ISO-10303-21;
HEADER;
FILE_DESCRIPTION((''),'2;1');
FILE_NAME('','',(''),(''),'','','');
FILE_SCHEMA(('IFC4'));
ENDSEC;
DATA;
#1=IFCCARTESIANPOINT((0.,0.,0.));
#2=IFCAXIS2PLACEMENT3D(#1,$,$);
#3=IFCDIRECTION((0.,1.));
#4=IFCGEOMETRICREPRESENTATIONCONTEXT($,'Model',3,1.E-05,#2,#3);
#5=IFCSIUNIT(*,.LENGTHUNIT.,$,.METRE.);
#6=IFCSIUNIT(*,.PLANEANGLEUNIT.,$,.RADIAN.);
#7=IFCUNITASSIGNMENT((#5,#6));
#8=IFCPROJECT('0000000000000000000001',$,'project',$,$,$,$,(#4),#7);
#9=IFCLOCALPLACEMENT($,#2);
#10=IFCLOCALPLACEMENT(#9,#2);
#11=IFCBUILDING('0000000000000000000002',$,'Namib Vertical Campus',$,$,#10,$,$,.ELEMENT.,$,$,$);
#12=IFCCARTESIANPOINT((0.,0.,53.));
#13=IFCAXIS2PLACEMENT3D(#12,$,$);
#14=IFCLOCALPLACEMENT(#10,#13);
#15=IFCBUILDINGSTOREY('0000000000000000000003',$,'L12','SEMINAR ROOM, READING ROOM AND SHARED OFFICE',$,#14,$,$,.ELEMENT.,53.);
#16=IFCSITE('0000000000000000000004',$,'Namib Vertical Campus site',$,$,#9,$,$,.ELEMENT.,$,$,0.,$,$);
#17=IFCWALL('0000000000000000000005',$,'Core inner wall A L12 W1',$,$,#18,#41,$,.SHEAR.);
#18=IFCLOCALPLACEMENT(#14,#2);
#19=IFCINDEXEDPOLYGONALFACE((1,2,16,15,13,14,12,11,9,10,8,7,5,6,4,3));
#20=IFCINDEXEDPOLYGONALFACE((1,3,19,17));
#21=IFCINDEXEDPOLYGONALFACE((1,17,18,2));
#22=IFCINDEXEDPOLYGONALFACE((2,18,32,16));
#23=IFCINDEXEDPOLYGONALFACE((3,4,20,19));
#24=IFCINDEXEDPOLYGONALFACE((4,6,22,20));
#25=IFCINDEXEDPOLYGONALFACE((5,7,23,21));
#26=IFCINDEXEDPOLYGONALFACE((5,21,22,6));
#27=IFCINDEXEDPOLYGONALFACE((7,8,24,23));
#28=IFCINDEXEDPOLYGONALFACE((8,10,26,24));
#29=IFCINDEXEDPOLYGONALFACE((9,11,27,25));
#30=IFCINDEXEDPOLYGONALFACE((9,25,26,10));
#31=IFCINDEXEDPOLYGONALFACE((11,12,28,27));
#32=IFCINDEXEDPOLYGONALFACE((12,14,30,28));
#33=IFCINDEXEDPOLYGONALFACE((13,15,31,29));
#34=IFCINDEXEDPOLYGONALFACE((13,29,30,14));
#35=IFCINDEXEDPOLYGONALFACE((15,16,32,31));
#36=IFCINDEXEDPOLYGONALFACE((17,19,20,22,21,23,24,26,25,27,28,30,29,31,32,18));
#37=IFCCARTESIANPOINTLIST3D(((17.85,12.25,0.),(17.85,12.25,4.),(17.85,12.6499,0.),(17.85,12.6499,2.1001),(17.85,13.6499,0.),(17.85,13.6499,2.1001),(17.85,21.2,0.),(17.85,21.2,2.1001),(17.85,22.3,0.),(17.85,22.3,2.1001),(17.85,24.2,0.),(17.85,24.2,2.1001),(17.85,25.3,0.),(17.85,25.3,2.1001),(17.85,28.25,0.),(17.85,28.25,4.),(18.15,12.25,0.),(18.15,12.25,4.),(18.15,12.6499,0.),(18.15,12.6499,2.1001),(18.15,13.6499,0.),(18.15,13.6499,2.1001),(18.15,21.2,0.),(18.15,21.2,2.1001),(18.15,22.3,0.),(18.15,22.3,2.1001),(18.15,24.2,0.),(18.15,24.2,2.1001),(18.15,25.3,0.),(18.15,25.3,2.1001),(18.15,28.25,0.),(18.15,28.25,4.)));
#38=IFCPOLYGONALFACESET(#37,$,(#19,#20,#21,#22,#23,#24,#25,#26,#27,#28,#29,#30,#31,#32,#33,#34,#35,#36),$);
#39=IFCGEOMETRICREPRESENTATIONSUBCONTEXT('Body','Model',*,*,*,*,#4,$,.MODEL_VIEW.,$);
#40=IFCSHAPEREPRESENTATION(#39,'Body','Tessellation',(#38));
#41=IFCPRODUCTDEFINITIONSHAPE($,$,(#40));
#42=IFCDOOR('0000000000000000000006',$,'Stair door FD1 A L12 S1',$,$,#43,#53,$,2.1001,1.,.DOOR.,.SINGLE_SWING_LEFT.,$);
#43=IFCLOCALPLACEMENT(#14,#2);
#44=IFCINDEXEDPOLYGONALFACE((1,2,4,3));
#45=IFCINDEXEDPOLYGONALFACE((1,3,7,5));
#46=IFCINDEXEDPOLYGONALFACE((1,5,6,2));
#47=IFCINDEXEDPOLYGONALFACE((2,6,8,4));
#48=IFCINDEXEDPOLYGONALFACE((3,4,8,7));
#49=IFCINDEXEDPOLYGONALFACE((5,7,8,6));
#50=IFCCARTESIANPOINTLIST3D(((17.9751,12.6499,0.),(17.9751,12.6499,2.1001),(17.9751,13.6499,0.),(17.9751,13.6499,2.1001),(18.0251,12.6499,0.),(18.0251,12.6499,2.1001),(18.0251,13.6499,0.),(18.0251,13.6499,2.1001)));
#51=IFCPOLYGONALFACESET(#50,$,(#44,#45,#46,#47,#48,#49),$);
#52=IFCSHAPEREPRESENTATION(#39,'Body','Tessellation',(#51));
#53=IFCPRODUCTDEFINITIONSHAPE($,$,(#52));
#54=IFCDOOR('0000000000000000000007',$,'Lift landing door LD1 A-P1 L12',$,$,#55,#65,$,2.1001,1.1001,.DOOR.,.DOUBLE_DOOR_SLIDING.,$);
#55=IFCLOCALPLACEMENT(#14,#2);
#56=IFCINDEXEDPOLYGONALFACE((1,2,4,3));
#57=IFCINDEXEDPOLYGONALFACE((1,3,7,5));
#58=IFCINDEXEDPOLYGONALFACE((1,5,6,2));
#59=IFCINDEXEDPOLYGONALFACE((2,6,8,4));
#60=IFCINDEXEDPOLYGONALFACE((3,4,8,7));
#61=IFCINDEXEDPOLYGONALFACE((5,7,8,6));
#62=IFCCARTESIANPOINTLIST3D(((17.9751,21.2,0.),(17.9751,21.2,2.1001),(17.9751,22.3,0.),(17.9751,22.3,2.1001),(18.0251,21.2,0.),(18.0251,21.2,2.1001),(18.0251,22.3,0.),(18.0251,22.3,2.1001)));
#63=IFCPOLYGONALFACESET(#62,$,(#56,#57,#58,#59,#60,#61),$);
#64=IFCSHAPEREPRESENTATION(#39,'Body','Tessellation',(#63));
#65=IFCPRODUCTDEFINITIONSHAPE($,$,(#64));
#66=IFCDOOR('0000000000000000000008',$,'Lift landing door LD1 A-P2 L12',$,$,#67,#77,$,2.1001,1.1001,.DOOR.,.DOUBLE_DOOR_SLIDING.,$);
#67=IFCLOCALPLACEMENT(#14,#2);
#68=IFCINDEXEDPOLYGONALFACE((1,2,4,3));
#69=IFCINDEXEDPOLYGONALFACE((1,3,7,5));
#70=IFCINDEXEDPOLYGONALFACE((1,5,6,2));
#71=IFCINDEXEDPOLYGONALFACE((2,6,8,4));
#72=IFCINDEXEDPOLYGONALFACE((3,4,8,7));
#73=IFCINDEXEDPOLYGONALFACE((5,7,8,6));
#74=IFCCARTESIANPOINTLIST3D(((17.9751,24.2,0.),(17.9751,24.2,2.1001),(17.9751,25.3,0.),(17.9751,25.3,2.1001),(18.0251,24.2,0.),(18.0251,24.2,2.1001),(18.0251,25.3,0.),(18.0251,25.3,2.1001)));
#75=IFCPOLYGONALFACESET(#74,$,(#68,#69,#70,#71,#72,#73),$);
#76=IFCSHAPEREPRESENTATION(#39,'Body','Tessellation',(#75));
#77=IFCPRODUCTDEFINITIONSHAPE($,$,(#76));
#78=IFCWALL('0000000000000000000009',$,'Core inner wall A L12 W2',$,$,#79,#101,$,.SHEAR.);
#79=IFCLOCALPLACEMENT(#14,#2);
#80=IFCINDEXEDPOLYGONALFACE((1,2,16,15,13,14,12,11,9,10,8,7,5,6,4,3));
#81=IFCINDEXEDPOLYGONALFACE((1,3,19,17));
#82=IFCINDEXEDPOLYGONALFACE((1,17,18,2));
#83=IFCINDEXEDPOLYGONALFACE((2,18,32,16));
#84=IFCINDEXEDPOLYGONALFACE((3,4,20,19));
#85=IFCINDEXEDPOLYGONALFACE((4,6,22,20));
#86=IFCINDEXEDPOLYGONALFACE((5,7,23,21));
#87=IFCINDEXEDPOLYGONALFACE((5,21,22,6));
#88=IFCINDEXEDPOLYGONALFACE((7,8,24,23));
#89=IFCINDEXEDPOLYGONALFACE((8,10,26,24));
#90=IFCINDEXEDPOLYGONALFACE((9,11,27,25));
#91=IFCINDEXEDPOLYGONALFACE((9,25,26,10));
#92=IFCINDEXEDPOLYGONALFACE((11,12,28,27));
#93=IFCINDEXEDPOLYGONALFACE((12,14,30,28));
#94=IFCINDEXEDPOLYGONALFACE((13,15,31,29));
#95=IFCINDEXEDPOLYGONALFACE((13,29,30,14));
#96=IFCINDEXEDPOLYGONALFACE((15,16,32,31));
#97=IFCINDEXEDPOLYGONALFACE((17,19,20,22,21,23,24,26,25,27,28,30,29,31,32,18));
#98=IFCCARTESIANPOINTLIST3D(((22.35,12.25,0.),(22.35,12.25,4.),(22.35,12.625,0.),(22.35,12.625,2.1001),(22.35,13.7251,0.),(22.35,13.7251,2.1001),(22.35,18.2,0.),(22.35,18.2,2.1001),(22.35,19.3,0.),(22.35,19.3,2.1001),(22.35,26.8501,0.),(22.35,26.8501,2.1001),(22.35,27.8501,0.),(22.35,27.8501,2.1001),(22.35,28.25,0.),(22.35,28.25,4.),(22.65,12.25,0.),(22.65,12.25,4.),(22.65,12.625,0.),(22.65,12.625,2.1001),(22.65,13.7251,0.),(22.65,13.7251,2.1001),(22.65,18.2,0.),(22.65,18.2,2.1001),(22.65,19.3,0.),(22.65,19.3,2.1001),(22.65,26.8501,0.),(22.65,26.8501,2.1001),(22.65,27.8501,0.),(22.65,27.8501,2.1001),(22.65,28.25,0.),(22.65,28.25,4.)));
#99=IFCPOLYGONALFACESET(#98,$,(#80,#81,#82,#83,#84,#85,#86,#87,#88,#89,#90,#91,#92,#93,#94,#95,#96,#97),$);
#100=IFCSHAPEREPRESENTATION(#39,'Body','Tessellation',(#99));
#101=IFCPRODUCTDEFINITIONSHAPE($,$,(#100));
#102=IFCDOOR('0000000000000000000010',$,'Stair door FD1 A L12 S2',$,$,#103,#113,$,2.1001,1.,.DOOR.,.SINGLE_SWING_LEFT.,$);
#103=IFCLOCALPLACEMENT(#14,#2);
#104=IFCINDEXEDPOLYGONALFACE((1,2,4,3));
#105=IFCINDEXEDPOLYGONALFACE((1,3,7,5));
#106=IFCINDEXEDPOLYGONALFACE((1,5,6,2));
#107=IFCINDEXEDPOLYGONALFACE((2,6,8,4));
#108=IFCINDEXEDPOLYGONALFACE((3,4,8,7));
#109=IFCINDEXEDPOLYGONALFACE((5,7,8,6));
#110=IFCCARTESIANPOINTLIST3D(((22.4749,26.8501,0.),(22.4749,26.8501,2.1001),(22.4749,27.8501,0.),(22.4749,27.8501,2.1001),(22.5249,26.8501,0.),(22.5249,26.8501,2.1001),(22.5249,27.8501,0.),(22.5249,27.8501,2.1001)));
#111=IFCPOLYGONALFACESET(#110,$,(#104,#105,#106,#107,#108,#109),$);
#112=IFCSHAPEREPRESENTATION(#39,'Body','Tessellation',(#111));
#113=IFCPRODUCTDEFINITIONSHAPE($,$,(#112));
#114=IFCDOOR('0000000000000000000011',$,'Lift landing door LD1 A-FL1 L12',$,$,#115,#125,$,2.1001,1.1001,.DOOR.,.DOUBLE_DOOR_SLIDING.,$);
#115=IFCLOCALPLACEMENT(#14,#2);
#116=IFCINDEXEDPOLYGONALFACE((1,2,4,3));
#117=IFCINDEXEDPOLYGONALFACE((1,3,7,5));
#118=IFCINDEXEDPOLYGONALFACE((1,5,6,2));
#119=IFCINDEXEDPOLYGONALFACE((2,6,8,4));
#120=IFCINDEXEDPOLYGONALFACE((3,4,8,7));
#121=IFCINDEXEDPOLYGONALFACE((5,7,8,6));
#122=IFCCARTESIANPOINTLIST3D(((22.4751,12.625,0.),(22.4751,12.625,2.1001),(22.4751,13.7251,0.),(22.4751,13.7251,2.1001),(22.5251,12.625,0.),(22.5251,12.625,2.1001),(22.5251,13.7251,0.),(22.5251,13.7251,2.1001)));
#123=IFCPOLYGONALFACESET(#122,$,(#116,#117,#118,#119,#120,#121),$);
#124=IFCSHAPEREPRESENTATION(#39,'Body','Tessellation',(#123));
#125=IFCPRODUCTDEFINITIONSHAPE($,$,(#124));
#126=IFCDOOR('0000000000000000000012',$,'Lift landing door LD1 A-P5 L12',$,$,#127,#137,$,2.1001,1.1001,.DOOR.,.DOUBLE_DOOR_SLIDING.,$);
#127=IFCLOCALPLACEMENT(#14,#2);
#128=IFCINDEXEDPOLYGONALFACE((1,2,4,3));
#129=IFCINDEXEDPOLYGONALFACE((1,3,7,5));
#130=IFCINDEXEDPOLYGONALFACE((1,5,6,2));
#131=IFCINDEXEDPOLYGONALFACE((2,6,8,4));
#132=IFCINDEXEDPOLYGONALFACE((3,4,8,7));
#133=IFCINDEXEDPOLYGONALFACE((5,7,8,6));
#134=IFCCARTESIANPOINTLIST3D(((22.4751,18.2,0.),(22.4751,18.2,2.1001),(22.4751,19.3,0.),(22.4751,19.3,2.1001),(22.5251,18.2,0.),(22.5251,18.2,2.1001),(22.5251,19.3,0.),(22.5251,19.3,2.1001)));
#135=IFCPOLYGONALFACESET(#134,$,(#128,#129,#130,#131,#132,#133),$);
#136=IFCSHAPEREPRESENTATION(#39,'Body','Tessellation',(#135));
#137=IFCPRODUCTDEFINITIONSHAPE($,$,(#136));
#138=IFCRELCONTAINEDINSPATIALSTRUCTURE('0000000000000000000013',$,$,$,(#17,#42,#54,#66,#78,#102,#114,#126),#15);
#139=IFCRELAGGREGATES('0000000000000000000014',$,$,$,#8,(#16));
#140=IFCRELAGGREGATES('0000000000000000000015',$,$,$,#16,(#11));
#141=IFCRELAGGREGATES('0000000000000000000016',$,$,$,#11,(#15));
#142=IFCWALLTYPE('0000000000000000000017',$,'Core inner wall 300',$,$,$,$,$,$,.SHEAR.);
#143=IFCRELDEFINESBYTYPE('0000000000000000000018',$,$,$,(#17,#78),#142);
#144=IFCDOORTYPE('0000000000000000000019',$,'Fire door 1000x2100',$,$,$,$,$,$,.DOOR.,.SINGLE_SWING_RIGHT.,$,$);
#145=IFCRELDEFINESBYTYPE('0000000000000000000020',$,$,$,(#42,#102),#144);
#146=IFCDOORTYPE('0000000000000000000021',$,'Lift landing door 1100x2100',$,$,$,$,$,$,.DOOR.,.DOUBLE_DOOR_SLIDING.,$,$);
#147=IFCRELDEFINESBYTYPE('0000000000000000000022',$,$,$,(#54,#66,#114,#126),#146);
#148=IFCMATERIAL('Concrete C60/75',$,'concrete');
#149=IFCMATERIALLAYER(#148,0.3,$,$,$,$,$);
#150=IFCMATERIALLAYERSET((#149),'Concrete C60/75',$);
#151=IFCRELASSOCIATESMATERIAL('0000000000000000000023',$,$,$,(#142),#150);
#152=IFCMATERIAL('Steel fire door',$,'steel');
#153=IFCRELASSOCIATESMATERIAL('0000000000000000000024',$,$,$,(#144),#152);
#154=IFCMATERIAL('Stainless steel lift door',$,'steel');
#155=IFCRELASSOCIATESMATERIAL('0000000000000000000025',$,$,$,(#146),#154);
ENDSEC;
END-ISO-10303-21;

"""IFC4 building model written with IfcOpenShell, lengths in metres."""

from ifc_helpers import new_model, si_unit, direction, frame, frame_2d, origin, place, context, subcontext, project, spatial, rectangle, extrude, material, layer, layer_set, type_object, element, fill, save


model = new_model("IFC4")

# Units and contexts
model_context = context("Model", 3, precision=1e-05, world=origin(), true_north=direction((0.0, 1.0)))
body_context = subcontext(model_context, "Body", "Model", "MODEL_VIEW")
ifc_project = project(units=[si_unit("LENGTHUNIT", "METRE"), si_unit("PLANEANGLEUNIT", "RADIAN")], contexts=[model_context])

# Site, building, storey
site_placement = place(None, origin())
site = spatial("IfcSite", under=ifc_project, at=site_placement, Name="Namib Vertical Campus site", CompositionType="ELEMENT", RefElevation=0.0)
building_placement = place(site_placement, origin())
building = spatial("IfcBuilding", under=site, at=building_placement, Name="Namib Vertical Campus", CompositionType="ELEMENT")
storey_placement = place(building_placement, frame((0.0, 0.0, 53.0)))
storey = spatial("IfcBuildingStorey", under=building, at=storey_placement, Name="L12", Description="SEMINAR ROOM, READING ROOM AND SHARED OFFICE", CompositionType="ELEMENT", Elevation=53.0)

# Walls, openings, doors
ifc_material_1 = material(Name="Concrete C60/75", Category="concrete")
ifc_layer_1 = layer(ifc_material_1, 0.3)
ifc_layer_set_1 = layer_set([ifc_layer_1], Name="Concrete C60/75")
wall_type_1 = type_object("IfcWallType", Name="Core inner wall 300", PredefinedType="SHEAR", material=ifc_layer_set_1)
wall_1_placement = place(storey_placement, frame((18.0, 12.25, 0.0), z_axis=(0.0, 0.0, 1.0), x_axis=(0.0, 1.0, 0.0)))
wall_1 = element("IfcWall", 1, at=wall_1_placement, inside=storey, type_object=wall_type_1, Name="Core inner wall A L12 W1", PredefinedType="SHEAR", context=body_context, shape_type="SweptSolid", body=[
    extrude(rectangle(XDim=16.0, YDim=0.3, at=frame_2d((8.0, 0.0))), origin(), (0.0, 0.0, 1.0), 4.0),
])
opening_1_placement = place(wall_1_placement, frame((0.3999, 0.0, 0.0)))
opening_1 = element("IfcOpeningElement", 2, at=opening_1_placement, cuts=wall_1, PredefinedType="OPENING", context=body_context, shape_type="SweptSolid", body=[
    extrude(rectangle(XDim=1.0, YDim=2.1001, at=frame_2d((0.5, 1.05))), frame((0.0, 0.1599, 0.0), z_axis=(0.0, -1.0, 0.0), x_axis=(1.0, 0.0, 0.0)), (0.0, 0.0, 1.0), 0.3201),
])
opening_2_placement = place(wall_1_placement, frame((8.95, 0.0, 0.0)))
opening_2 = element("IfcOpeningElement", 3, at=opening_2_placement, cuts=wall_1, PredefinedType="OPENING", context=body_context, shape_type="SweptSolid", body=[
    extrude(rectangle(XDim=1.1001, YDim=2.1001, at=frame_2d((0.55, 1.05))), frame((0.0, 0.1599, 0.0), z_axis=(0.0, -1.0, 0.0), x_axis=(1.0, 0.0, 0.0)), (0.0, 0.0, 1.0), 0.3201),
])
opening_3_placement = place(wall_1_placement, frame((11.95, 0.0, 0.0)))
opening_3 = element("IfcOpeningElement", 4, at=opening_3_placement, cuts=wall_1, PredefinedType="OPENING", context=body_context, shape_type="SweptSolid", body=[
    extrude(rectangle(XDim=1.1001, YDim=2.1001, at=frame_2d((0.55, 1.05))), frame((0.0, 0.1599, 0.0), z_axis=(0.0, -1.0, 0.0), x_axis=(1.0, 0.0, 0.0)), (0.0, 0.0, 1.0), 0.3201),
])
ifc_material_2 = material(Name="Steel fire door", Category="steel")
door_type_1 = type_object("IfcDoorType", Name="Fire door 1000x2100", OperationType="SINGLE_SWING_RIGHT", PredefinedType="DOOR", material=ifc_material_2)
door_1_placement = place(opening_1_placement, origin())
door_1 = element("IfcDoor", 5, at=door_1_placement, inside=storey, type_object=door_type_1, Name="Stair door FD1 A L12 S1", OperationType="SINGLE_SWING_LEFT", OverallHeight=2.1001, OverallWidth=1.0, PredefinedType="DOOR", context=body_context, shape_type="SweptSolid", body=[
    extrude(rectangle(XDim=1.0, YDim=2.1001, at=frame_2d((0.5, 1.05))), frame((0.0, 0.0249, 0.0), z_axis=(0.0, -1.0, 0.0), x_axis=(1.0, 0.0, 0.0)), (0.0, 0.0, 1.0), 0.05),
])
fill(opening_1, door_1)
ifc_material_3 = material(Name="Stainless steel lift door", Category="steel")
door_type_2 = type_object("IfcDoorType", Name="Lift landing door 1100x2100", OperationType="DOUBLE_DOOR_SLIDING", PredefinedType="DOOR", material=ifc_material_3)
door_2_placement = place(opening_2_placement, origin())
door_2 = element("IfcDoor", 6, at=door_2_placement, inside=storey, type_object=door_type_2, Name="Lift landing door LD1 A-P1 L12", OperationType="DOUBLE_DOOR_SLIDING", OverallHeight=2.1001, OverallWidth=1.1001, PredefinedType="DOOR", context=body_context, shape_type="SweptSolid", body=[
    extrude(rectangle(XDim=1.1001, YDim=2.1001, at=frame_2d((0.55, 1.05))), frame((0.0, 0.0249, 0.0), z_axis=(0.0, -1.0, 0.0), x_axis=(1.0, 0.0, 0.0)), (0.0, 0.0, 1.0), 0.05),
])
fill(opening_2, door_2)
door_3_placement = place(opening_3_placement, origin())
door_3 = element("IfcDoor", 7, at=door_3_placement, inside=storey, type_object=door_type_2, Name="Lift landing door LD1 A-P2 L12", OperationType="DOUBLE_DOOR_SLIDING", OverallHeight=2.1001, OverallWidth=1.1001, PredefinedType="DOOR", context=body_context, shape_type="SweptSolid", body=[
    extrude(rectangle(XDim=1.1001, YDim=2.1001, at=frame_2d((0.55, 1.05))), frame((0.0, 0.0249, 0.0), z_axis=(0.0, -1.0, 0.0), x_axis=(1.0, 0.0, 0.0)), (0.0, 0.0, 1.0), 0.05),
])
fill(opening_3, door_3)
wall_2_placement = place(storey_placement, frame((22.5, 12.25, 0.0), z_axis=(0.0, 0.0, 1.0), x_axis=(0.0, 1.0, 0.0)))
wall_2 = element("IfcWall", 8, at=wall_2_placement, inside=storey, type_object=wall_type_1, Name="Core inner wall A L12 W2", PredefinedType="SHEAR", context=body_context, shape_type="SweptSolid", body=[
    extrude(rectangle(XDim=16.0, YDim=0.3, at=frame_2d((8.0, 0.0))), origin(), (0.0, 0.0, 1.0), 4.0),
])
opening_4_placement = place(wall_2_placement, frame((14.6001, 0.0, 0.0)))
opening_4 = element("IfcOpeningElement", 9, at=opening_4_placement, cuts=wall_2, PredefinedType="OPENING", context=body_context, shape_type="SweptSolid", body=[
    extrude(rectangle(XDim=1.0, YDim=2.1001, at=frame_2d((0.5, 1.05))), frame((0.0, 0.1599, 0.0), z_axis=(0.0, -1.0, 0.0), x_axis=(1.0, 0.0, 0.0)), (0.0, 0.0, 1.0), 0.3201),
])
opening_5_placement = place(wall_2_placement, frame((0.375, 0.0, 0.0)))
opening_5 = element("IfcOpeningElement", 10, at=opening_5_placement, cuts=wall_2, PredefinedType="OPENING", context=body_context, shape_type="SweptSolid", body=[
    extrude(rectangle(XDim=1.1001, YDim=2.1001, at=frame_2d((0.55, 1.05))), frame((0.0, 0.1599, 0.0), z_axis=(0.0, -1.0, 0.0), x_axis=(1.0, 0.0, 0.0)), (0.0, 0.0, 1.0), 0.3201),
])
opening_6_placement = place(wall_2_placement, frame((5.95, 0.0, 0.0)))
opening_6 = element("IfcOpeningElement", 11, at=opening_6_placement, cuts=wall_2, PredefinedType="OPENING", context=body_context, shape_type="SweptSolid", body=[
    extrude(rectangle(XDim=1.1001, YDim=2.1001, at=frame_2d((0.55, 1.05))), frame((0.0, 0.1599, 0.0), z_axis=(0.0, -1.0, 0.0), x_axis=(1.0, 0.0, 0.0)), (0.0, 0.0, 1.0), 0.3201),
])
door_4_placement = place(opening_4_placement, frame((1.0, 0.0, 0.0), z_axis=(0.0, 0.0, 1.0), x_axis=(-1.0, 0.0, 0.0)))
door_4 = element("IfcDoor", 12, at=door_4_placement, inside=storey, type_object=door_type_1, Name="Stair door FD1 A L12 S2", OperationType="SINGLE_SWING_LEFT", OverallHeight=2.1001, OverallWidth=1.0, PredefinedType="DOOR", context=body_context, shape_type="SweptSolid", body=[
    extrude(rectangle(XDim=1.0, YDim=2.1001, at=frame_2d((0.5, 1.05))), frame((0.0, 0.0249, 0.0), z_axis=(0.0, -1.0, 0.0), x_axis=(1.0, 0.0, 0.0)), (0.0, 0.0, 1.0), 0.05),
])
fill(opening_4, door_4)
door_5_placement = place(opening_5_placement, origin())
door_5 = element("IfcDoor", 13, at=door_5_placement, inside=storey, type_object=door_type_2, Name="Lift landing door LD1 A-FL1 L12", OperationType="DOUBLE_DOOR_SLIDING", OverallHeight=2.1001, OverallWidth=1.1001, PredefinedType="DOOR", context=body_context, shape_type="SweptSolid", body=[
    extrude(rectangle(XDim=1.1001, YDim=2.1001, at=frame_2d((0.55, 1.05))), frame((0.0, 0.0249, 0.0), z_axis=(0.0, -1.0, 0.0), x_axis=(1.0, 0.0, 0.0)), (0.0, 0.0, 1.0), 0.05),
])
fill(opening_5, door_5)
door_6_placement = place(opening_6_placement, origin())
door_6 = element("IfcDoor", 14, at=door_6_placement, inside=storey, type_object=door_type_2, Name="Lift landing door LD1 A-P5 L12", OperationType="DOUBLE_DOOR_SLIDING", OverallHeight=2.1001, OverallWidth=1.1001, PredefinedType="DOOR", context=body_context, shape_type="SweptSolid", body=[
    extrude(rectangle(XDim=1.1001, YDim=2.1001, at=frame_2d((0.55, 1.05))), frame((0.0, 0.0249, 0.0), z_axis=(0.0, -1.0, 0.0), x_axis=(1.0, 0.0, 0.0)), (0.0, 0.0, 1.0), 0.05),
])
fill(opening_6, door_6)

save(model, "model.ifc")
